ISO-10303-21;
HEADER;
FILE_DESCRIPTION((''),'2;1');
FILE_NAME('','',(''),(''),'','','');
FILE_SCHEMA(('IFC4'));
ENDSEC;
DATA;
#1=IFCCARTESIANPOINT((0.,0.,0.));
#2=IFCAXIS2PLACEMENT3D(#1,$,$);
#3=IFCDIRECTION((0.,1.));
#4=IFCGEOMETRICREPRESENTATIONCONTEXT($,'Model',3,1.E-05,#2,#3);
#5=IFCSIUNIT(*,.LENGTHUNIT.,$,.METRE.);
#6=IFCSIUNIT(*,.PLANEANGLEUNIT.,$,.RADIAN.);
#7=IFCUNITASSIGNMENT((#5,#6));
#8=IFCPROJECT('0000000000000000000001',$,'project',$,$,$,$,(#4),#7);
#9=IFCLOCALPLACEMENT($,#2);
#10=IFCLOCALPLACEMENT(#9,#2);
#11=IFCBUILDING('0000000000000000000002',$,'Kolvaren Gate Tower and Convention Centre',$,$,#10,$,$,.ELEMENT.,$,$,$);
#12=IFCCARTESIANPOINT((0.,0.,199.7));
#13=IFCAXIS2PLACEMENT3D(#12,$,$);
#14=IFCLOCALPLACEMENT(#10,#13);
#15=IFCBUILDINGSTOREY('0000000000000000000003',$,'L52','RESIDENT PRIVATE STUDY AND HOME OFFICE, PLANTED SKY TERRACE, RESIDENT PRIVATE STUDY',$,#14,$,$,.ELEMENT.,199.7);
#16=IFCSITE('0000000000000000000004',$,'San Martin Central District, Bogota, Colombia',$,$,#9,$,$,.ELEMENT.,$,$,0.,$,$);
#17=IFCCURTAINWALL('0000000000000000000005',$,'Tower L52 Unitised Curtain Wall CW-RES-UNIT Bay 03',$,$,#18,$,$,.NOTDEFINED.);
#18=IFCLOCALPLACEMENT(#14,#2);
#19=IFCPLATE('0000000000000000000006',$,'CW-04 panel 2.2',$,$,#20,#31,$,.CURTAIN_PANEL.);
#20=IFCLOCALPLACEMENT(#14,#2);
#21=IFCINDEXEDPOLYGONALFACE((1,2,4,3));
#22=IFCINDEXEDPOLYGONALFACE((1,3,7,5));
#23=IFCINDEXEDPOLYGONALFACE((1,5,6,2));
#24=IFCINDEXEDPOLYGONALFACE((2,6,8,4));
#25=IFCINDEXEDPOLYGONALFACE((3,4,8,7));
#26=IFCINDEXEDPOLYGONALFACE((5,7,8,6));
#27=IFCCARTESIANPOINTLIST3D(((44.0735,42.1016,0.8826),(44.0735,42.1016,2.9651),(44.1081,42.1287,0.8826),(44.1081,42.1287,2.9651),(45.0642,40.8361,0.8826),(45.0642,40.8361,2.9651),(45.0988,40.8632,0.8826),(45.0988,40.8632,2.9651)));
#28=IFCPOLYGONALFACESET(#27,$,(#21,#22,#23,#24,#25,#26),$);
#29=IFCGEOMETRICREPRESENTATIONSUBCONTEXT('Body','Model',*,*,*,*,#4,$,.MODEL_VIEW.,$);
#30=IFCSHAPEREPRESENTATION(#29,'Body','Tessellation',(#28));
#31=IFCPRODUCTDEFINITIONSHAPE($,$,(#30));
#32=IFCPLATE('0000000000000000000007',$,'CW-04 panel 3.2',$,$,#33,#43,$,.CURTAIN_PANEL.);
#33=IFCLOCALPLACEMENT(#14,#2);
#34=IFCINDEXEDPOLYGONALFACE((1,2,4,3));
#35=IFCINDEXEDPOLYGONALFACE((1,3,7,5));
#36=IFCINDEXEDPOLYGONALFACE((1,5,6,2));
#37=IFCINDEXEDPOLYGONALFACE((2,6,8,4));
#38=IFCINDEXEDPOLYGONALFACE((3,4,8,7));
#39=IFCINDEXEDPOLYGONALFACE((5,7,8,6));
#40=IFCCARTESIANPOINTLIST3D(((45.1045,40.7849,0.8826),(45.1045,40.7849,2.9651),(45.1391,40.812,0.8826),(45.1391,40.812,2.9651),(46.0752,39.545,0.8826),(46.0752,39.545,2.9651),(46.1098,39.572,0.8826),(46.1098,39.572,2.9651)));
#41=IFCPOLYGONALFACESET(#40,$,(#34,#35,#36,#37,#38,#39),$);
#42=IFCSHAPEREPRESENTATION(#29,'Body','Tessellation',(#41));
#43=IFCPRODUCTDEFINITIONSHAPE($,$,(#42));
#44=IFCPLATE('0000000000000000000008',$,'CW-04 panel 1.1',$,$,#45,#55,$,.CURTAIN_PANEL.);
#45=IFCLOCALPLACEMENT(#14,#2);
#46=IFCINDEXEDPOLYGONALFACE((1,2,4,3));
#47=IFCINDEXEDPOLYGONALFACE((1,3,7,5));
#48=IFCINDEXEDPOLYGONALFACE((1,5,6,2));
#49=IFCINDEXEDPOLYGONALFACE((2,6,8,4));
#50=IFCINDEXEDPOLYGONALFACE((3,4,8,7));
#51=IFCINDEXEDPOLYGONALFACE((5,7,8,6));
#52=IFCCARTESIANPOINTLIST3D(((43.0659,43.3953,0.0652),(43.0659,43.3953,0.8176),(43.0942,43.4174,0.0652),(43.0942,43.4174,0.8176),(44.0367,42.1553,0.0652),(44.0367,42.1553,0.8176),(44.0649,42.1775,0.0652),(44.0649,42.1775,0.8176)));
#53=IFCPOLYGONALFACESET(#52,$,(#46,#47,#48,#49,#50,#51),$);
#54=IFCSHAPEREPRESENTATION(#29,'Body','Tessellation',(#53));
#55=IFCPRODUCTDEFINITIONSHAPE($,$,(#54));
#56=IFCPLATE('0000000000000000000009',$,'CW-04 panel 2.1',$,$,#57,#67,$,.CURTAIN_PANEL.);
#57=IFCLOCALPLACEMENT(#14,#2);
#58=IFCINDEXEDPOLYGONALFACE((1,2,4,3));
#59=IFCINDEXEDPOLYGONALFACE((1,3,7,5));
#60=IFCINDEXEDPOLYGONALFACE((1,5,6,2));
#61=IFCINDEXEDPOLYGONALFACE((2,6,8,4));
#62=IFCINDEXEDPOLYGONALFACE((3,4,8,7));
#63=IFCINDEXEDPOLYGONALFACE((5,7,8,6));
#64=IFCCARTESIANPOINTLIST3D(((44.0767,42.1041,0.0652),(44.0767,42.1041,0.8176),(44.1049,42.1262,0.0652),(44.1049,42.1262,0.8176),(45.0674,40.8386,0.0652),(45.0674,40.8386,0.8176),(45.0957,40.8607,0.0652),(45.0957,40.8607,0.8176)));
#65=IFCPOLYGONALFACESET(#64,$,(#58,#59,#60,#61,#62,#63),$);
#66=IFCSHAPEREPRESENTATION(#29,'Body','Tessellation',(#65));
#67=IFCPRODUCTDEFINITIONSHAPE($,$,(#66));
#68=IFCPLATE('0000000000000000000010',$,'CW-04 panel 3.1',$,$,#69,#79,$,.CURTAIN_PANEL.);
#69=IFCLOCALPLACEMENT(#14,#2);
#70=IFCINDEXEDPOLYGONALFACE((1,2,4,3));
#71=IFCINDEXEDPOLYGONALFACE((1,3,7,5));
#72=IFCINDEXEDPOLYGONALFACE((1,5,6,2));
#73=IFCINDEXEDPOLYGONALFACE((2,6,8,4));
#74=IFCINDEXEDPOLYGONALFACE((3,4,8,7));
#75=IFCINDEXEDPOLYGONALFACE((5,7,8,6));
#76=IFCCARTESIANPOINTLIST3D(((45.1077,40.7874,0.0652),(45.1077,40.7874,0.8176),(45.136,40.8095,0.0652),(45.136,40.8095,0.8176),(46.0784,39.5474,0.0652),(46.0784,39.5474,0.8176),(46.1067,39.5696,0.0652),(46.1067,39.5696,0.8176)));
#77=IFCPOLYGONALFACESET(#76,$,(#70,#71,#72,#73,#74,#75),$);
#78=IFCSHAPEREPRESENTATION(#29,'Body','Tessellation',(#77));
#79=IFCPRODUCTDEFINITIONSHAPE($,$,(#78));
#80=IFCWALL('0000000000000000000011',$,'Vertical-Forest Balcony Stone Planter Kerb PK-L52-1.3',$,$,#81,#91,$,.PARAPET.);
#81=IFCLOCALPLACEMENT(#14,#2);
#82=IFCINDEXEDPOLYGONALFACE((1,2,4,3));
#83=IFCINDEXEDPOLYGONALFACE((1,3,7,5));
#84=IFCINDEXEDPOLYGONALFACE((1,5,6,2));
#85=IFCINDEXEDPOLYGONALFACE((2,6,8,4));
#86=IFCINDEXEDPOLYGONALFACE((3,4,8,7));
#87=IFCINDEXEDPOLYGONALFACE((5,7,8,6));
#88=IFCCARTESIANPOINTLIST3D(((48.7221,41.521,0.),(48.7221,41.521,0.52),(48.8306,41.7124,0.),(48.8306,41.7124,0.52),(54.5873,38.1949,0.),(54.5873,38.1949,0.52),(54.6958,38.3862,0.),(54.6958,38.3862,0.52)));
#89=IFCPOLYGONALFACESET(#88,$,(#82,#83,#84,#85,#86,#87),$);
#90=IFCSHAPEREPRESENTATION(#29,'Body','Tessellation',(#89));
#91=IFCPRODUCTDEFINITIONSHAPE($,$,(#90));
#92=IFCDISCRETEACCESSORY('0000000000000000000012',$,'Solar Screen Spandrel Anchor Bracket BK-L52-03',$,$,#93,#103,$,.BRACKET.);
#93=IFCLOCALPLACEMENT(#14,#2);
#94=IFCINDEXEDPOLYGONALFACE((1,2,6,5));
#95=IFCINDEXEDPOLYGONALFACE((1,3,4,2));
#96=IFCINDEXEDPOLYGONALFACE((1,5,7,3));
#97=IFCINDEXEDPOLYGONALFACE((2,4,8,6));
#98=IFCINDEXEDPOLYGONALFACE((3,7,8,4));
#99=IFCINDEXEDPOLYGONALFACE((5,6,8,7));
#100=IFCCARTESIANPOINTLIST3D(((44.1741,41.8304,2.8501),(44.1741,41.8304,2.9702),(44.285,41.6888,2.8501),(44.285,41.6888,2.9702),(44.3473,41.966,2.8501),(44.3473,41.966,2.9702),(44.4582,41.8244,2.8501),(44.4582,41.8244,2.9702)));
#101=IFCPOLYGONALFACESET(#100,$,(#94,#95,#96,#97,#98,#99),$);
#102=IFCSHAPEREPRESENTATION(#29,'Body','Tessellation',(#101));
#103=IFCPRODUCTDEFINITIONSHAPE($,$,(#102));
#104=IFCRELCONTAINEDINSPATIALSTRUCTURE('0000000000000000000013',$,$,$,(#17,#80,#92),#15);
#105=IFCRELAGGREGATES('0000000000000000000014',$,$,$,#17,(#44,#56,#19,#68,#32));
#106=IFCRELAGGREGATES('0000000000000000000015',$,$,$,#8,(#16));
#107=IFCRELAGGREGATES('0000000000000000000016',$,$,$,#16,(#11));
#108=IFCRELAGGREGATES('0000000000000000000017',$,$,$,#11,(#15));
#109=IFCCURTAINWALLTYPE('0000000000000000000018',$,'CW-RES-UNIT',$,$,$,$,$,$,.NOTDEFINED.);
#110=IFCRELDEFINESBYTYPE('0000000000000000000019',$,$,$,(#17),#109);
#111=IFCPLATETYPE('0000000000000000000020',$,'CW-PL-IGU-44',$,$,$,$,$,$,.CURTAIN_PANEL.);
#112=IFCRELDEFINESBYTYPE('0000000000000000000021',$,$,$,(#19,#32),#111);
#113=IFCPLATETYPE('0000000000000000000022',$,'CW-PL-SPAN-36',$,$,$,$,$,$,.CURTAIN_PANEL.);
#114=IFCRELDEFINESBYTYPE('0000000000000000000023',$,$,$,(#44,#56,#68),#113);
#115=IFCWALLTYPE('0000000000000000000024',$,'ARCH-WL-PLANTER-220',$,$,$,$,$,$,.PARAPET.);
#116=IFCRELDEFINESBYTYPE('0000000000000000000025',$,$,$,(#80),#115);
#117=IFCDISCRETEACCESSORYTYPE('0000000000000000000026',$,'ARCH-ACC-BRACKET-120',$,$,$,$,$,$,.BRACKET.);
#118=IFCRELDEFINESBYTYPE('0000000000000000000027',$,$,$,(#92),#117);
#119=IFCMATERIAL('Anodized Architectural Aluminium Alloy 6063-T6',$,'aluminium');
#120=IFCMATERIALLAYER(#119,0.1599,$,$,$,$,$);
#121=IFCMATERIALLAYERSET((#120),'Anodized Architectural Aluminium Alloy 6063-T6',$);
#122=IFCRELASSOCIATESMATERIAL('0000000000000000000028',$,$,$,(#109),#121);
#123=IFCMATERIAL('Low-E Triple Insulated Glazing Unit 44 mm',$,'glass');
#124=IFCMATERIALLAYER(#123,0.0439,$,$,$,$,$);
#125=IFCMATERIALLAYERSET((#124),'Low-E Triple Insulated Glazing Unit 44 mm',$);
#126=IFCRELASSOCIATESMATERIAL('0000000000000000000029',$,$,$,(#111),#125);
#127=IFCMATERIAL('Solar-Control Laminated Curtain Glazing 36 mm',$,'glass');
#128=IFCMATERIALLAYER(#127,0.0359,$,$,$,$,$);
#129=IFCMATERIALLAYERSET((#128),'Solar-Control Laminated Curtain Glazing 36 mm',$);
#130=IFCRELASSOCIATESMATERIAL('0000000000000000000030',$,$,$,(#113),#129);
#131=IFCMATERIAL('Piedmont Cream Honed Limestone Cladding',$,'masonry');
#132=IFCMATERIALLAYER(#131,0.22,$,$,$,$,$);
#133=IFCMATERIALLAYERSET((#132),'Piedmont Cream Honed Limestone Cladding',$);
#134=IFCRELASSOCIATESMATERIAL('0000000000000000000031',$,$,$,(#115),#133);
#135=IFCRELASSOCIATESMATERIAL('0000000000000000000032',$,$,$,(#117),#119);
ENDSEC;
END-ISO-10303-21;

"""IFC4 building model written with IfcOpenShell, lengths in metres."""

from ifc_helpers import new_model, si_unit, direction, frame, frame_2d, origin, origin_2d, place, context, subcontext, project, spatial, rectangle, extrude, material, layer, layer_set, type_object, element, aggregate, save


model = new_model("IFC4")

# Units and contexts
model_context = context("Model", 3, precision=1e-05, world=origin(), true_north=direction((0.0, 1.0)))
body_context = subcontext(model_context, "Body", "Model", "MODEL_VIEW")
ifc_project = project(units=[si_unit("LENGTHUNIT", "METRE"), si_unit("PLANEANGLEUNIT", "RADIAN")], contexts=[model_context])

# Site, building, storey
site_placement = place(None, origin())
site = spatial("IfcSite", under=ifc_project, at=site_placement, Name="San Martin Central District, Bogota, Colombia", CompositionType="ELEMENT", RefElevation=0.0)
building_placement = place(site_placement, origin())
building = spatial("IfcBuilding", under=site, at=building_placement, Name="Kolvaren Gate Tower and Convention Centre", CompositionType="ELEMENT")
storey_placement = place(building_placement, frame((0.0, 0.0, 199.7)))
storey = spatial("IfcBuildingStorey", under=building, at=storey_placement, Name="L52", Description="RESIDENT PRIVATE STUDY AND HOME OFFICE, PLANTED SKY TERRACE, RESIDENT PRIVATE STUDY", CompositionType="ELEMENT", Elevation=199.7)

# Curtain wall
ifc_material_1 = material(Name="Anodized Architectural Aluminium Alloy 6063-T6", Category="aluminium")
ifc_layer_1 = layer(ifc_material_1, 0.1599)
ifc_layer_set_1 = layer_set([ifc_layer_1], Name="Anodized Architectural Aluminium Alloy 6063-T6")
curtain_wall_type = type_object("IfcCurtainWallType", Name="CW-RES-UNIT", PredefinedType="NOTDEFINED", material=ifc_layer_set_1)
curtain_wall_placement = place(storey_placement, origin())
curtain_wall = element("IfcCurtainWall", 1, at=curtain_wall_placement, inside=storey, type_object=curtain_wall_type, Name="Tower L52 Unitised Curtain Wall CW-RES-UNIT Bay 03", PredefinedType="NOTDEFINED")

# Plates
ifc_material_2 = material(Name="Low-E Triple Insulated Glazing Unit 44 mm", Category="glass")
ifc_layer_2 = layer(ifc_material_2, 0.0439)
ifc_layer_set_2 = layer_set([ifc_layer_2], Name="Low-E Triple Insulated Glazing Unit 44 mm")
plate_type_1 = type_object("IfcPlateType", Name="CW-PL-IGU-44", PredefinedType="CURTAIN_PANEL", material=ifc_layer_set_2)
plate_1_placement = place(storey_placement, frame((44.5862, 41.4824, 0.8826), z_axis=(0.0, 0.0, 1.0), x_axis=(0.616437, -0.787404, 0.0)))
plate_1 = element("IfcPlate", 2, at=plate_1_placement, type_object=plate_type_1, Name="CW-04 panel 2.2", PredefinedType="CURTAIN_PANEL", context=body_context, shape_type="SweptSolid", body=[
    extrude(rectangle(XDim=1.6072, YDim=0.0439, at=origin_2d()), origin(), (0.0, 0.0, 1.0), 2.0825),
])
plate_2_placement = place(storey_placement, frame((45.6072, 40.1785, 0.8826), z_axis=(0.0, 0.0, 1.0), x_axis=(0.616437, -0.787404, 0.0)))
plate_2 = element("IfcPlate", 3, at=plate_2_placement, type_object=plate_type_1, Name="CW-04 panel 3.2", PredefinedType="CURTAIN_PANEL", context=body_context, shape_type="SweptSolid", body=[
    extrude(rectangle(XDim=1.5747, YDim=0.0439, at=origin_2d()), origin(), (0.0, 0.0, 1.0), 2.0825),
])
ifc_material_3 = material(Name="Solar-Control Laminated Curtain Glazing 36 mm", Category="glass")
ifc_layer_3 = layer(ifc_material_3, 0.0359)
ifc_layer_set_3 = layer_set([ifc_layer_3], Name="Solar-Control Laminated Curtain Glazing 36 mm")
plate_type_2 = type_object("IfcPlateType", Name="CW-PL-SPAN-36", PredefinedType="CURTAIN_PANEL", material=ifc_layer_set_3)
plate_3_placement = place(storey_placement, frame((43.5654, 42.7864, 0.0652), z_axis=(0.0, 0.0, 1.0), x_axis=(0.616437, -0.787404, 0.0)))
plate_3 = element("IfcPlate", 4, at=plate_3_placement, type_object=plate_type_2, Name="CW-04 panel 1.1", PredefinedType="CURTAIN_PANEL", context=body_context, shape_type="SweptSolid", body=[
    extrude(rectangle(XDim=1.5747, YDim=0.0359, at=origin_2d()), origin(), (0.0, 0.0, 1.0), 0.7524),
])
plate_4_placement = place(storey_placement, frame((44.5862, 41.4824, 0.0652), z_axis=(0.0, 0.0, 1.0), x_axis=(0.616437, -0.787404, 0.0)))
plate_4 = element("IfcPlate", 5, at=plate_4_placement, type_object=plate_type_2, Name="CW-04 panel 2.1", PredefinedType="CURTAIN_PANEL", context=body_context, shape_type="SweptSolid", body=[
    extrude(rectangle(XDim=1.6072, YDim=0.0359, at=origin_2d()), origin(), (0.0, 0.0, 1.0), 0.7524),
])
plate_5_placement = place(storey_placement, frame((45.6072, 40.1785, 0.0652), z_axis=(0.0, 0.0, 1.0), x_axis=(0.616437, -0.787404, 0.0)))
plate_5 = element("IfcPlate", 6, at=plate_5_placement, type_object=plate_type_2, Name="CW-04 panel 3.1", PredefinedType="CURTAIN_PANEL", context=body_context, shape_type="SweptSolid", body=[
    extrude(rectangle(XDim=1.5747, YDim=0.0359, at=origin_2d()), origin(), (0.0, 0.0, 1.0), 0.7524),
])
aggregate(curtain_wall, [plate_3, plate_4, plate_1, plate_5, plate_2])

# Wall
ifc_material_4 = material(Name="Piedmont Cream Honed Limestone Cladding", Category="masonry")
ifc_layer_4 = layer(ifc_material_4, 0.22)
ifc_layer_set_4 = layer_set([ifc_layer_4], Name="Piedmont Cream Honed Limestone Cladding")
wall_type = type_object("IfcWallType", Name="ARCH-WL-PLANTER-220", PredefinedType="PARAPET", material=ifc_layer_set_4)
wall_placement = place(storey_placement, frame((48.7764, 41.6167, 0.0), z_axis=(0.0, 0.0, 1.0), x_axis=(0.869861, -0.493298, 0.0)))
element("IfcWall", 7, at=wall_placement, inside=storey, type_object=wall_type, Name="Vertical-Forest Balcony Stone Planter Kerb PK-L52-1.3", PredefinedType="PARAPET", context=body_context, shape_type="SweptSolid", body=[
    extrude(rectangle(XDim=6.7427, YDim=0.22, at=frame_2d((3.3713, 0.0))), origin(), (0.0, 0.0, 1.0), 0.52),
])

# Discrete accessory
discrete_accessory_type = type_object("IfcDiscreteAccessoryType", Name="ARCH-ACC-BRACKET-120", PredefinedType="BRACKET", material=ifc_material_1)
discrete_accessory_placement = place(storey_placement, frame((44.3162, 41.8274, 2.8501), z_axis=(0.0, 0.0, 1.0), x_axis=(0.616434, -0.787406, 0.0)))
element("IfcDiscreteAccessory", 8, at=discrete_accessory_placement, inside=storey, type_object=discrete_accessory_type, Name="Solar Screen Spandrel Anchor Bracket BK-L52-03", PredefinedType="BRACKET", context=body_context, shape_type="SweptSolid", body=[
    extrude(rectangle(XDim=0.1799, YDim=0.22, at=origin_2d()), origin(), (0.0, 0.0, 1.0), 0.1201),
])

save(model, "model.ifc")
